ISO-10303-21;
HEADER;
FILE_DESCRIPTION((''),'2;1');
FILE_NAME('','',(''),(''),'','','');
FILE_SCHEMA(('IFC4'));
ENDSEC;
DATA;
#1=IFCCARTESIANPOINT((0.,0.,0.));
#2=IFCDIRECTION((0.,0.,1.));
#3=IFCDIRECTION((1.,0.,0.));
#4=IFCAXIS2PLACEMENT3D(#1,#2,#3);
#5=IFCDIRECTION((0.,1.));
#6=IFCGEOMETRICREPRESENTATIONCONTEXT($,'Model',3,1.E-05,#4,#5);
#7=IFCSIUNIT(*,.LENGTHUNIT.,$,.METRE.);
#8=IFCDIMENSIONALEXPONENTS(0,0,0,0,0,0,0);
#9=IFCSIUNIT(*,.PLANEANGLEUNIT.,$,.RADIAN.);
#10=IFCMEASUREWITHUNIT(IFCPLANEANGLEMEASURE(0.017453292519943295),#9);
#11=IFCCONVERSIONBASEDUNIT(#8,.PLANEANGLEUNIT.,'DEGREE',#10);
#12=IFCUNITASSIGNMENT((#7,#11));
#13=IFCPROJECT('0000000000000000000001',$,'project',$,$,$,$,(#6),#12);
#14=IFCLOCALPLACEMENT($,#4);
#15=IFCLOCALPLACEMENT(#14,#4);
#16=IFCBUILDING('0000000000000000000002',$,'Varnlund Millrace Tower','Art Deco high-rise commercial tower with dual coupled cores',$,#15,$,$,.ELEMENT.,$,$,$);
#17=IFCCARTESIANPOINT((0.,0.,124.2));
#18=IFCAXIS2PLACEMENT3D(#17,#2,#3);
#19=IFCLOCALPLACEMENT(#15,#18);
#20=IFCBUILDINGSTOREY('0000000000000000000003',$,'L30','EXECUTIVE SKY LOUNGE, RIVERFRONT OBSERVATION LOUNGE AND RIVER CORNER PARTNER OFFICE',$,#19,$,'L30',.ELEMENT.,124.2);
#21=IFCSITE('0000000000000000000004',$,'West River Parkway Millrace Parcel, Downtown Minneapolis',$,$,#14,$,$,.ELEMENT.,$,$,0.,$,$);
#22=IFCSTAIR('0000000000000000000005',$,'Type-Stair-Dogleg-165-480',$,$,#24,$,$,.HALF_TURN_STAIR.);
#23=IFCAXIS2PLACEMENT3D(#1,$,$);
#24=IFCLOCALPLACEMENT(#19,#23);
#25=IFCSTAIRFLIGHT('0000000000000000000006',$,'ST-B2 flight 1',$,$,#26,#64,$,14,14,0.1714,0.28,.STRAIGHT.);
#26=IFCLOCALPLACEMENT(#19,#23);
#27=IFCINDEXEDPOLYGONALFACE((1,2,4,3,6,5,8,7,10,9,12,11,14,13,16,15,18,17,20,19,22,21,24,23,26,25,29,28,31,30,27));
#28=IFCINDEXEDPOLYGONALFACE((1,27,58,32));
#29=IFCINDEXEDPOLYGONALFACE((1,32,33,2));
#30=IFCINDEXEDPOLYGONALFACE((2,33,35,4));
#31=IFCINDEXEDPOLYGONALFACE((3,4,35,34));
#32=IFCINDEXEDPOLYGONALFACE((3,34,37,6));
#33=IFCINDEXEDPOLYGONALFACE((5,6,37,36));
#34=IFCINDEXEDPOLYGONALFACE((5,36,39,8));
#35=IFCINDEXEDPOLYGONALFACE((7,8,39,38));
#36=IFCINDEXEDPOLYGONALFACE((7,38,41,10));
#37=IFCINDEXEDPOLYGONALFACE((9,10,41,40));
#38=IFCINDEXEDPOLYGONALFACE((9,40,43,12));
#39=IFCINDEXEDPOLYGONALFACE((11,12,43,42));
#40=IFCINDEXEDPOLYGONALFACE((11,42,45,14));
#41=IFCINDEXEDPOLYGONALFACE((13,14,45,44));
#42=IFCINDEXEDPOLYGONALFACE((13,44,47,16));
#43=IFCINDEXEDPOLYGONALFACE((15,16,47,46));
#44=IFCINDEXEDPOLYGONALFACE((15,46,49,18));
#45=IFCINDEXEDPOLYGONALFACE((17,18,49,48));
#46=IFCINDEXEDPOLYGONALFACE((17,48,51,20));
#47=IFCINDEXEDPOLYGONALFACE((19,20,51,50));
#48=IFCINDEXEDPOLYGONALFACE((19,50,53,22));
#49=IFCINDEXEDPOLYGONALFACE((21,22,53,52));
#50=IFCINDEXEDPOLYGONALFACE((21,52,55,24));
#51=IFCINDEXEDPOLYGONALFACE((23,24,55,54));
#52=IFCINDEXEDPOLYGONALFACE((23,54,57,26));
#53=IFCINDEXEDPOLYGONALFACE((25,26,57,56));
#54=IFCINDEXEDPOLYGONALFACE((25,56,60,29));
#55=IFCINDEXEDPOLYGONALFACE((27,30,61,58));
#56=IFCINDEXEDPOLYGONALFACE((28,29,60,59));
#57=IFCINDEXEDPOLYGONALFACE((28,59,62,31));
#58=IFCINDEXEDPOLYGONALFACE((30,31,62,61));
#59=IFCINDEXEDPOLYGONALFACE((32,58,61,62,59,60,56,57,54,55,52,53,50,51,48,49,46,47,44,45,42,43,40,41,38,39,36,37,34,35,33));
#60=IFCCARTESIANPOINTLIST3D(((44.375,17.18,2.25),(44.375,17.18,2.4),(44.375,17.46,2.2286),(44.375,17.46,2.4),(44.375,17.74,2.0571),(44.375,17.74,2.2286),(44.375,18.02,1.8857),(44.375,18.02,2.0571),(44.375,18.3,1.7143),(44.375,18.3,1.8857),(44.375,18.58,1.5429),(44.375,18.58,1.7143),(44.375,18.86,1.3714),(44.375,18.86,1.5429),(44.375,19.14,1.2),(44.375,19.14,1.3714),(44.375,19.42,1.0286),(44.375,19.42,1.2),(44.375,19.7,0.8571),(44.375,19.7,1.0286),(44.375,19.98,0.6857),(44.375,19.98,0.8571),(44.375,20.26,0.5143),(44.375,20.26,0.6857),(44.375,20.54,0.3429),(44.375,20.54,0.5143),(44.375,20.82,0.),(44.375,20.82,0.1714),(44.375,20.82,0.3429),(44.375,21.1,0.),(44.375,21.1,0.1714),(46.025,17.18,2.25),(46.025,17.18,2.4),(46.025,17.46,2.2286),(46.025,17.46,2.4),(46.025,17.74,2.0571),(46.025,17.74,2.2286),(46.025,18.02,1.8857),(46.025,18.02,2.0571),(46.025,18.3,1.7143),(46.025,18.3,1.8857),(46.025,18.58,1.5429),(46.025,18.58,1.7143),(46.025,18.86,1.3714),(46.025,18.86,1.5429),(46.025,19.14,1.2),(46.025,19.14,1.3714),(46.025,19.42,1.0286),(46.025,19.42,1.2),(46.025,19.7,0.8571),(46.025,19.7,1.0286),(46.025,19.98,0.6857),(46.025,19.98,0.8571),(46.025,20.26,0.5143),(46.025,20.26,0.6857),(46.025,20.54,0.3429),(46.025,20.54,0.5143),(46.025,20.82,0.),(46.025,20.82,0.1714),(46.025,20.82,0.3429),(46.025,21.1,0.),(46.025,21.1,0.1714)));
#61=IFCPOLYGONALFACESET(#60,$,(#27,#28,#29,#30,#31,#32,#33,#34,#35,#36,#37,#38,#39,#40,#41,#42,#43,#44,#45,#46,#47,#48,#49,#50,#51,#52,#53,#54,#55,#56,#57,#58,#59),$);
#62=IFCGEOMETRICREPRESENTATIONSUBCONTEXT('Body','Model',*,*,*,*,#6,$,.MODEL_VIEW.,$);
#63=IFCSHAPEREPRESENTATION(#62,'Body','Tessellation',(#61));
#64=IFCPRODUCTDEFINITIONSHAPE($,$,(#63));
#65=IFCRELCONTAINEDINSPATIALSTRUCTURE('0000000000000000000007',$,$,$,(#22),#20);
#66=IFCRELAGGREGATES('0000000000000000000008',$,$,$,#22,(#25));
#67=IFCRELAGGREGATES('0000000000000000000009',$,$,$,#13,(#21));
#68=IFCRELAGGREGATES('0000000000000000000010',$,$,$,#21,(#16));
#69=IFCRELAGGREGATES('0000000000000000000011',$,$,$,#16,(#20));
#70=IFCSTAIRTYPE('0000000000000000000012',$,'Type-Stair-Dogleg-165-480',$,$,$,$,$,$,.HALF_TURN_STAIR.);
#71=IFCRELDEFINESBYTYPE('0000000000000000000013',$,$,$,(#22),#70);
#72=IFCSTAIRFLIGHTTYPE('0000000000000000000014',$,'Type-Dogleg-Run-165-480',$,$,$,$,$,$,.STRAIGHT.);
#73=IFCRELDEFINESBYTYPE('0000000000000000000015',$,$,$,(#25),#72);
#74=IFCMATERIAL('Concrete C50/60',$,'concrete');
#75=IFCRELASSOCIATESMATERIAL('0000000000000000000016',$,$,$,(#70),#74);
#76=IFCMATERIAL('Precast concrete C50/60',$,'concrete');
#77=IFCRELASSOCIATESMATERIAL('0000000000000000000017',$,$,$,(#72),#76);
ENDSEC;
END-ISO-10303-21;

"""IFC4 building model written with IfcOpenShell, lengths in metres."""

from ifc_helpers import new_model, entity, si_unit, converted_unit, direction, frame, origin_with_axes, place, context, subcontext, project, spatial, polyline, outline, extrude, material, type_object, element, aggregate, save


model = new_model("IFC4")

# Units and contexts
model_context = context("Model", 3, precision=1e-05, world=origin_with_axes(), true_north=direction((0.0, 1.0)))
body_context = subcontext(model_context, "Body", "Model", "MODEL_VIEW")
ifc_project = project(units=[si_unit("LENGTHUNIT", "METRE"), converted_unit("PLANEANGLEUNIT", "DEGREE", entity("IfcPlaneAngleMeasure", 0.017453292519943295), si_unit("PLANEANGLEUNIT", "RADIAN"), dimensions=[0, 0, 0, 0, 0, 0, 0])], contexts=[model_context])

# Site, building, storey
site_placement = place(None, origin_with_axes())
site = spatial("IfcSite", under=ifc_project, at=site_placement, Name="West River Parkway Millrace Parcel, Downtown Minneapolis", CompositionType="ELEMENT", RefElevation=0.0)
building_placement = place(site_placement, origin_with_axes())
building = spatial("IfcBuilding", under=site, at=building_placement, Name="Varnlund Millrace Tower", Description="Art Deco high-rise commercial tower with dual coupled cores", CompositionType="ELEMENT")
storey_placement = place(building_placement, frame((0.0, 0.0, 124.2), z_axis=(0.0, 0.0, 1.0), x_axis=(1.0, 0.0, 0.0)))
storey = spatial("IfcBuildingStorey", under=building, at=storey_placement, Name="L30", Description="EXECUTIVE SKY LOUNGE, RIVERFRONT OBSERVATION LOUNGE AND RIVER CORNER PARTNER OFFICE", LongName="L30", CompositionType="ELEMENT", Elevation=124.2)

# Stair, stair flight
ifc_material_1 = material(Name="Concrete C50/60", Category="concrete")
stair_type = type_object("IfcStairType", Name="Type-Stair-Dogleg-165-480", PredefinedType="HALF_TURN_STAIR", material=ifc_material_1)
stair_placement = place(storey_placement, origin_with_axes())
stair = element("IfcStair", 1, at=stair_placement, inside=storey, type_object=stair_type, Name="Type-Stair-Dogleg-165-480", PredefinedType="HALF_TURN_STAIR")
ifc_material_2 = material(Name="Precast concrete C50/60", Category="concrete")
stair_flight_type = type_object("IfcStairFlightType", Name="Type-Dogleg-Run-165-480", PredefinedType="STRAIGHT", material=ifc_material_2)
stair_flight_placement = place(storey_placement, frame((46.025, 21.1, 0.0), z_axis=(-1.0, 0.0, 0.0), x_axis=(0.0, -1.0, 0.0)))
stair_flight = element("IfcStairFlight", 2, at=stair_flight_placement, type_object=stair_flight_type, Name="ST-B2 flight 1", NumberOfRisers=14, NumberOfTreads=14, PredefinedType="STRAIGHT", RiserHeight=0.1714, TreadLength=0.28, context=body_context, shape_type="SweptSolid", body=[
    extrude(outline(polyline([(0.0, 0.0), (0.0, 0.1714), (0.28, 0.1714), (0.28, 0.3429), (0.56, 0.3429), (0.56, 0.5143), (0.84, 0.5143), (0.84, 0.6857), (1.12, 0.6857), (1.12, 0.8571), (1.4, 0.8571), (1.4, 1.0286), (1.68, 1.0286), (1.68, 1.2), (1.96, 1.2), (1.96, 1.3714), (2.24, 1.3714), (2.24, 1.5429), (2.52, 1.5429), (2.52, 1.7143), (2.8, 1.7143), (2.8, 1.8857), (3.08, 1.8857), (3.08, 2.0571), (3.36, 2.0571), (3.36, 2.2286), (3.64, 2.2286), (3.64, 2.4), (3.92, 2.4), (3.92, 2.25), (0.28, 0.0), (0.0, 0.0)])), origin_with_axes(), (0.0, 0.0, 1.0), 1.65),
])
aggregate(stair, [stair_flight])

save(model, "model.ifc")
